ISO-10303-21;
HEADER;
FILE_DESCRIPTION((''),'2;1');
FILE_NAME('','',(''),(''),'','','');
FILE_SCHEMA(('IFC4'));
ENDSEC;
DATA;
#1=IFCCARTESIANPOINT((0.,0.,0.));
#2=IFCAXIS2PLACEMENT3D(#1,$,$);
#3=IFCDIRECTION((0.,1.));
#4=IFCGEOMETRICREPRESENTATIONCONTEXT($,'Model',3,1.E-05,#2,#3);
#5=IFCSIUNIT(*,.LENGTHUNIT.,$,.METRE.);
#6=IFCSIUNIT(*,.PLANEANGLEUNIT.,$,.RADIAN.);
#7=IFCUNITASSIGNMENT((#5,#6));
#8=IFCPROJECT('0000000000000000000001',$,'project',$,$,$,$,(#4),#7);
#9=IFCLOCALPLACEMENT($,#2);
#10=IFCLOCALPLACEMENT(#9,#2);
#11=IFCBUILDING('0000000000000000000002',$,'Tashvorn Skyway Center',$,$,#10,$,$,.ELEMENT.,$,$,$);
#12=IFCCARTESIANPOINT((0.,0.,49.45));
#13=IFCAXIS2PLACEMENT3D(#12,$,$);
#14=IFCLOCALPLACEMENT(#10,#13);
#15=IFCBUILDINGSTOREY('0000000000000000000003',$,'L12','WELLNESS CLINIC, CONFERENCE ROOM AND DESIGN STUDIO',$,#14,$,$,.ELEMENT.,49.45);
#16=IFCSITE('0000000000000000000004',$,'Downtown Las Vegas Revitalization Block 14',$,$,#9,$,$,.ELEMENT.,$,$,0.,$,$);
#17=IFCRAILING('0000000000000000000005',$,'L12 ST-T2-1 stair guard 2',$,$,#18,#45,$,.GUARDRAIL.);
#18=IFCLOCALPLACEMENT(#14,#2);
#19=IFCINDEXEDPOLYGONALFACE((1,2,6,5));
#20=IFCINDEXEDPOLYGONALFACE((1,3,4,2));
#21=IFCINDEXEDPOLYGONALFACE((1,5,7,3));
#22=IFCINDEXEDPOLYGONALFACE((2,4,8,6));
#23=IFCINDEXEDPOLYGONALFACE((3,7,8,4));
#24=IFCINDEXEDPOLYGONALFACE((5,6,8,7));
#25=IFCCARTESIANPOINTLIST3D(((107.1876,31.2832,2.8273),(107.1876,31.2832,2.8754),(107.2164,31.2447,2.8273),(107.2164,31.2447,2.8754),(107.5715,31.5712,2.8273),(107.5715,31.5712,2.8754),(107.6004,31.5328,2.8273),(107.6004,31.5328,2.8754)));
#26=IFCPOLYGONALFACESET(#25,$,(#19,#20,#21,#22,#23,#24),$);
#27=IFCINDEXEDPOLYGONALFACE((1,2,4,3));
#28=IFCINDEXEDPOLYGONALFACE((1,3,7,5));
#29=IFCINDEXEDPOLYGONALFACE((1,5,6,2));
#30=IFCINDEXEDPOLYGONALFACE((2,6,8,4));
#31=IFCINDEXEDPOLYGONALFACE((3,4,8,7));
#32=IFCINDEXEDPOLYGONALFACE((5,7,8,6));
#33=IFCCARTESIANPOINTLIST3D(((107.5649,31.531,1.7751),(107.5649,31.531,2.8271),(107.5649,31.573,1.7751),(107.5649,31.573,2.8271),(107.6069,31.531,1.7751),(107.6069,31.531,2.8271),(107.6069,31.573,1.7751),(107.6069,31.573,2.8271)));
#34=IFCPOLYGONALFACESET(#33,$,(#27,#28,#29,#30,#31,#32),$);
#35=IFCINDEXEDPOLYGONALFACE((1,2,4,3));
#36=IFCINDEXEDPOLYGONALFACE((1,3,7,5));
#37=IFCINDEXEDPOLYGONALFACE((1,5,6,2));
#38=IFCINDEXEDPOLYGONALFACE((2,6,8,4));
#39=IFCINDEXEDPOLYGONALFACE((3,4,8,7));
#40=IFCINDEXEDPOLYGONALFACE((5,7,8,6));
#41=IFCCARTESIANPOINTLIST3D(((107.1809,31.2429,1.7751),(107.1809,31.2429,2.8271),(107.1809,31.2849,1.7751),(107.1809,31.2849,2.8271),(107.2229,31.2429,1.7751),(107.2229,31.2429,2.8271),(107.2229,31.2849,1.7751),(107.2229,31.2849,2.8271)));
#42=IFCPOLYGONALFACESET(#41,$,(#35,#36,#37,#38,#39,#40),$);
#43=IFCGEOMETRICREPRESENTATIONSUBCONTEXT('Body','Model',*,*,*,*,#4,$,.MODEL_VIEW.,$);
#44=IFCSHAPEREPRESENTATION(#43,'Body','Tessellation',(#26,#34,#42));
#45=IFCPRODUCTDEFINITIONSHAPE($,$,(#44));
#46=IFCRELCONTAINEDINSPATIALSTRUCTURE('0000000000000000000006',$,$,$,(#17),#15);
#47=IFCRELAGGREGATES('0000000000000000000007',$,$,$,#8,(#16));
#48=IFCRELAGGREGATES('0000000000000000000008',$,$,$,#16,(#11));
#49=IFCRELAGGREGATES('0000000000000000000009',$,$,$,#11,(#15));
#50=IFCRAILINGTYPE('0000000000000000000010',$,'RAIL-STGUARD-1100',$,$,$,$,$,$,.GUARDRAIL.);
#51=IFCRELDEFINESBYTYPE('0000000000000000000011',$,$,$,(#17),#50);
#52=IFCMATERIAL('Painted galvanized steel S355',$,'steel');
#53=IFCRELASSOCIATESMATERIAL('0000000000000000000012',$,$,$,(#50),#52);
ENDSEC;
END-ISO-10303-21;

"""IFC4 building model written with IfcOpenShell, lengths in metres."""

from ifc_helpers import new_model, si_unit, direction, frame, origin, origin_2d, place, context, subcontext, project, spatial, rectangle, extrude, material, type_object, element, save


model = new_model("IFC4")

# Units and contexts
model_context = context("Model", 3, precision=1e-05, world=origin(), true_north=direction((0.0, 1.0)))
body_context = subcontext(model_context, "Body", "Model", "MODEL_VIEW")
ifc_project = project(units=[si_unit("LENGTHUNIT", "METRE"), si_unit("PLANEANGLEUNIT", "RADIAN")], contexts=[model_context])

# Site, building, storey
site_placement = place(None, origin())
site = spatial("IfcSite", under=ifc_project, at=site_placement, Name="Downtown Las Vegas Revitalization Block 14", CompositionType="ELEMENT", RefElevation=0.0)
building_placement = place(site_placement, origin())
building = spatial("IfcBuilding", under=site, at=building_placement, Name="Tashvorn Skyway Center", CompositionType="ELEMENT")
storey_placement = place(building_placement, frame((0.0, 0.0, 49.45)))
storey = spatial("IfcBuildingStorey", under=building, at=storey_placement, Name="L12", Description="WELLNESS CLINIC, CONFERENCE ROOM AND DESIGN STUDIO", CompositionType="ELEMENT", Elevation=49.45)

# Railing
ifc_material_1 = material(Name="Painted galvanized steel S355", Category="steel")
railing_type = type_object("IfcRailingType", Name="RAIL-STGUARD-1100", PredefinedType="GUARDRAIL", material=ifc_material_1)
railing_placement = place(storey_placement, frame((107.5859, 31.552, 1.7751)))
element("IfcRailing", 1, at=railing_placement, inside=storey, type_object=railing_type, Name="L12 ST-T2-1 stair guard 2", PredefinedType="GUARDRAIL", context=body_context, shape_type="SweptSolid", body=[
    extrude(rectangle(XDim=0.0481, YDim=0.0481, at=origin_2d()), frame((0.0, 0.0, 1.0762), z_axis=(-0.799939, -0.600081, 0.0), x_axis=(0.600081, -0.799939, 0.0)), (0.0, 0.0, 1.0), 0.48),
    extrude(rectangle(XDim=0.042, YDim=0.042, at=origin_2d()), origin(), (0.0, 0.0, 1.0), 1.052),
    extrude(rectangle(XDim=0.042, YDim=0.042, at=origin_2d()), frame((-0.384, -0.2881, 0.0)), (0.0, 0.0, 1.0), 1.052),
])

save(model, "model.ifc")
